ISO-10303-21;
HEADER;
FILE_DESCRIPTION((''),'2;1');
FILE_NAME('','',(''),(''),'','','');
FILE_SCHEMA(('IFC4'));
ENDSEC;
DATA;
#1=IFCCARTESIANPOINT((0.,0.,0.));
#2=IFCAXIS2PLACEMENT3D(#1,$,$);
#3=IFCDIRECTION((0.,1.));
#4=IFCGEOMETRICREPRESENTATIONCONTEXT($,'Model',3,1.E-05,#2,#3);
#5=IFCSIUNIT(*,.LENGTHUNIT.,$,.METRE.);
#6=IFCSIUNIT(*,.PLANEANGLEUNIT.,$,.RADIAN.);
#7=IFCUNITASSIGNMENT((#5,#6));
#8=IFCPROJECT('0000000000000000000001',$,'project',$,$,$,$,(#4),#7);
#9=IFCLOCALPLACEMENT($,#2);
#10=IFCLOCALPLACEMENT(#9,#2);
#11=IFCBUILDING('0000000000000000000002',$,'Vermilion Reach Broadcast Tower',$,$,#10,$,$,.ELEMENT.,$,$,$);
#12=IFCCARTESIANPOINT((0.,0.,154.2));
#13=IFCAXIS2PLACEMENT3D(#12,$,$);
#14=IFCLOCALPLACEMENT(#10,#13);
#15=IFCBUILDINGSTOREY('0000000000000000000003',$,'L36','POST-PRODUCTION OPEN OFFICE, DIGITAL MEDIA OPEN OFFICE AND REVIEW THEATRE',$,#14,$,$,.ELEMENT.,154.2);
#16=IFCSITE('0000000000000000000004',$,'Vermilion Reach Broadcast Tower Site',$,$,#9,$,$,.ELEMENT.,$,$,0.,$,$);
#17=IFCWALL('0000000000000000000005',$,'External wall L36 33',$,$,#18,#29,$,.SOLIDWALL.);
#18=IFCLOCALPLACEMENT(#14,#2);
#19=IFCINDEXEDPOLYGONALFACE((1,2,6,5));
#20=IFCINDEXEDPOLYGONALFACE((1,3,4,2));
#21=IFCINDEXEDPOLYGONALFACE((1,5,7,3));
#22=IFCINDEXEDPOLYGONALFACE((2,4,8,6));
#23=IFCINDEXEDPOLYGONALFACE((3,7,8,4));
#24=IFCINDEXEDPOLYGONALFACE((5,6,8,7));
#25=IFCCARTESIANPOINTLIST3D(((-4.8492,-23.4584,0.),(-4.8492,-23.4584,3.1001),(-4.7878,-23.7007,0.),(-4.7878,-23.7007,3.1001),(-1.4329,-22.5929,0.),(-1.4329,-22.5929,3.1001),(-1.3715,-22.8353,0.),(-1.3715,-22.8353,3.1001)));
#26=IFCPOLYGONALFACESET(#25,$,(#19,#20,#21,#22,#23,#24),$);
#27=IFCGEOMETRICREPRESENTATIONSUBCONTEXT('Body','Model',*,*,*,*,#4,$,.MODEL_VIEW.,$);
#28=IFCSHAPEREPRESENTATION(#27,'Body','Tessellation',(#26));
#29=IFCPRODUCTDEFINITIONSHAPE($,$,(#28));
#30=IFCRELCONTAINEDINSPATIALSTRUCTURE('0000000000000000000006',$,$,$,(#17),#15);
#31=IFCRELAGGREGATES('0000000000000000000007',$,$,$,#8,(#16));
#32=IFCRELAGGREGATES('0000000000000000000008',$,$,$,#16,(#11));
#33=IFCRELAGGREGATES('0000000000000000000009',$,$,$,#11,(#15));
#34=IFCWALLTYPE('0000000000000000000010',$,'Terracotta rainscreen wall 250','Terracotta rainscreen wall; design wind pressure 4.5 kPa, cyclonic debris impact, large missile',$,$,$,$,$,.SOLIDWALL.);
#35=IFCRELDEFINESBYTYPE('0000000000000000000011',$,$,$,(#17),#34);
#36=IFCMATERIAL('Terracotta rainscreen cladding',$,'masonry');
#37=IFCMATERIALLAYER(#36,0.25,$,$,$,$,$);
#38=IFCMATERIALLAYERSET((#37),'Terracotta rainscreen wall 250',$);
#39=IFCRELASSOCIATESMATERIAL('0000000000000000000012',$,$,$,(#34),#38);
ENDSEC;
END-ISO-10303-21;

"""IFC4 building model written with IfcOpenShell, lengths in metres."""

from ifc_helpers import new_model, si_unit, direction, frame, frame_2d, origin, place, context, subcontext, project, spatial, rectangle, extrude, material, layer, layer_set, type_object, element, save


model = new_model("IFC4")

# Units and contexts
model_context = context("Model", 3, precision=1e-05, world=origin(), true_north=direction((0.0, 1.0)))
body_context = subcontext(model_context, "Body", "Model", "MODEL_VIEW")
ifc_project = project(units=[si_unit("LENGTHUNIT", "METRE"), si_unit("PLANEANGLEUNIT", "RADIAN")], contexts=[model_context])

# Site, building, storey
site_placement = place(None, origin())
site = spatial("IfcSite", under=ifc_project, at=site_placement, Name="Vermilion Reach Broadcast Tower Site", CompositionType="ELEMENT", RefElevation=0.0)
building_placement = place(site_placement, origin())
building = spatial("IfcBuilding", under=site, at=building_placement, Name="Vermilion Reach Broadcast Tower", CompositionType="ELEMENT")
storey_placement = place(building_placement, frame((0.0, 0.0, 154.2)))
storey = spatial("IfcBuildingStorey", under=building, at=storey_placement, Name="L36", Description="POST-PRODUCTION OPEN OFFICE, DIGITAL MEDIA OPEN OFFICE AND REVIEW THEATRE", CompositionType="ELEMENT", Elevation=154.2)

# Wall
ifc_material_1 = material(Name="Terracotta rainscreen cladding", Category="masonry")
ifc_layer_1 = layer(ifc_material_1, 0.25)
ifc_layer_set_1 = layer_set([ifc_layer_1], Name="Terracotta rainscreen wall 250")
wall_type = type_object("IfcWallType", Name="Terracotta rainscreen wall 250", Description="Terracotta rainscreen wall; design wind pressure 4.5 kPa, cyclonic debris impact, large missile", PredefinedType="SOLIDWALL", material=ifc_layer_set_1)
wall_placement = place(storey_placement, frame((-4.8186, -23.5796, 0.0), z_axis=(0.0, 0.0, 1.0), x_axis=(0.969376, 0.245583, 0.0)))
element("IfcWall", 1, at=wall_placement, inside=storey, type_object=wall_type, Name="External wall L36 33", PredefinedType="SOLIDWALL", context=body_context, shape_type="SweptSolid", body=[
    extrude(rectangle(XDim=3.5242, YDim=0.25, at=frame_2d((1.7622, 0.0))), origin(), (0.0, 0.0, 1.0), 3.1001),
])

save(model, "model.ifc")
